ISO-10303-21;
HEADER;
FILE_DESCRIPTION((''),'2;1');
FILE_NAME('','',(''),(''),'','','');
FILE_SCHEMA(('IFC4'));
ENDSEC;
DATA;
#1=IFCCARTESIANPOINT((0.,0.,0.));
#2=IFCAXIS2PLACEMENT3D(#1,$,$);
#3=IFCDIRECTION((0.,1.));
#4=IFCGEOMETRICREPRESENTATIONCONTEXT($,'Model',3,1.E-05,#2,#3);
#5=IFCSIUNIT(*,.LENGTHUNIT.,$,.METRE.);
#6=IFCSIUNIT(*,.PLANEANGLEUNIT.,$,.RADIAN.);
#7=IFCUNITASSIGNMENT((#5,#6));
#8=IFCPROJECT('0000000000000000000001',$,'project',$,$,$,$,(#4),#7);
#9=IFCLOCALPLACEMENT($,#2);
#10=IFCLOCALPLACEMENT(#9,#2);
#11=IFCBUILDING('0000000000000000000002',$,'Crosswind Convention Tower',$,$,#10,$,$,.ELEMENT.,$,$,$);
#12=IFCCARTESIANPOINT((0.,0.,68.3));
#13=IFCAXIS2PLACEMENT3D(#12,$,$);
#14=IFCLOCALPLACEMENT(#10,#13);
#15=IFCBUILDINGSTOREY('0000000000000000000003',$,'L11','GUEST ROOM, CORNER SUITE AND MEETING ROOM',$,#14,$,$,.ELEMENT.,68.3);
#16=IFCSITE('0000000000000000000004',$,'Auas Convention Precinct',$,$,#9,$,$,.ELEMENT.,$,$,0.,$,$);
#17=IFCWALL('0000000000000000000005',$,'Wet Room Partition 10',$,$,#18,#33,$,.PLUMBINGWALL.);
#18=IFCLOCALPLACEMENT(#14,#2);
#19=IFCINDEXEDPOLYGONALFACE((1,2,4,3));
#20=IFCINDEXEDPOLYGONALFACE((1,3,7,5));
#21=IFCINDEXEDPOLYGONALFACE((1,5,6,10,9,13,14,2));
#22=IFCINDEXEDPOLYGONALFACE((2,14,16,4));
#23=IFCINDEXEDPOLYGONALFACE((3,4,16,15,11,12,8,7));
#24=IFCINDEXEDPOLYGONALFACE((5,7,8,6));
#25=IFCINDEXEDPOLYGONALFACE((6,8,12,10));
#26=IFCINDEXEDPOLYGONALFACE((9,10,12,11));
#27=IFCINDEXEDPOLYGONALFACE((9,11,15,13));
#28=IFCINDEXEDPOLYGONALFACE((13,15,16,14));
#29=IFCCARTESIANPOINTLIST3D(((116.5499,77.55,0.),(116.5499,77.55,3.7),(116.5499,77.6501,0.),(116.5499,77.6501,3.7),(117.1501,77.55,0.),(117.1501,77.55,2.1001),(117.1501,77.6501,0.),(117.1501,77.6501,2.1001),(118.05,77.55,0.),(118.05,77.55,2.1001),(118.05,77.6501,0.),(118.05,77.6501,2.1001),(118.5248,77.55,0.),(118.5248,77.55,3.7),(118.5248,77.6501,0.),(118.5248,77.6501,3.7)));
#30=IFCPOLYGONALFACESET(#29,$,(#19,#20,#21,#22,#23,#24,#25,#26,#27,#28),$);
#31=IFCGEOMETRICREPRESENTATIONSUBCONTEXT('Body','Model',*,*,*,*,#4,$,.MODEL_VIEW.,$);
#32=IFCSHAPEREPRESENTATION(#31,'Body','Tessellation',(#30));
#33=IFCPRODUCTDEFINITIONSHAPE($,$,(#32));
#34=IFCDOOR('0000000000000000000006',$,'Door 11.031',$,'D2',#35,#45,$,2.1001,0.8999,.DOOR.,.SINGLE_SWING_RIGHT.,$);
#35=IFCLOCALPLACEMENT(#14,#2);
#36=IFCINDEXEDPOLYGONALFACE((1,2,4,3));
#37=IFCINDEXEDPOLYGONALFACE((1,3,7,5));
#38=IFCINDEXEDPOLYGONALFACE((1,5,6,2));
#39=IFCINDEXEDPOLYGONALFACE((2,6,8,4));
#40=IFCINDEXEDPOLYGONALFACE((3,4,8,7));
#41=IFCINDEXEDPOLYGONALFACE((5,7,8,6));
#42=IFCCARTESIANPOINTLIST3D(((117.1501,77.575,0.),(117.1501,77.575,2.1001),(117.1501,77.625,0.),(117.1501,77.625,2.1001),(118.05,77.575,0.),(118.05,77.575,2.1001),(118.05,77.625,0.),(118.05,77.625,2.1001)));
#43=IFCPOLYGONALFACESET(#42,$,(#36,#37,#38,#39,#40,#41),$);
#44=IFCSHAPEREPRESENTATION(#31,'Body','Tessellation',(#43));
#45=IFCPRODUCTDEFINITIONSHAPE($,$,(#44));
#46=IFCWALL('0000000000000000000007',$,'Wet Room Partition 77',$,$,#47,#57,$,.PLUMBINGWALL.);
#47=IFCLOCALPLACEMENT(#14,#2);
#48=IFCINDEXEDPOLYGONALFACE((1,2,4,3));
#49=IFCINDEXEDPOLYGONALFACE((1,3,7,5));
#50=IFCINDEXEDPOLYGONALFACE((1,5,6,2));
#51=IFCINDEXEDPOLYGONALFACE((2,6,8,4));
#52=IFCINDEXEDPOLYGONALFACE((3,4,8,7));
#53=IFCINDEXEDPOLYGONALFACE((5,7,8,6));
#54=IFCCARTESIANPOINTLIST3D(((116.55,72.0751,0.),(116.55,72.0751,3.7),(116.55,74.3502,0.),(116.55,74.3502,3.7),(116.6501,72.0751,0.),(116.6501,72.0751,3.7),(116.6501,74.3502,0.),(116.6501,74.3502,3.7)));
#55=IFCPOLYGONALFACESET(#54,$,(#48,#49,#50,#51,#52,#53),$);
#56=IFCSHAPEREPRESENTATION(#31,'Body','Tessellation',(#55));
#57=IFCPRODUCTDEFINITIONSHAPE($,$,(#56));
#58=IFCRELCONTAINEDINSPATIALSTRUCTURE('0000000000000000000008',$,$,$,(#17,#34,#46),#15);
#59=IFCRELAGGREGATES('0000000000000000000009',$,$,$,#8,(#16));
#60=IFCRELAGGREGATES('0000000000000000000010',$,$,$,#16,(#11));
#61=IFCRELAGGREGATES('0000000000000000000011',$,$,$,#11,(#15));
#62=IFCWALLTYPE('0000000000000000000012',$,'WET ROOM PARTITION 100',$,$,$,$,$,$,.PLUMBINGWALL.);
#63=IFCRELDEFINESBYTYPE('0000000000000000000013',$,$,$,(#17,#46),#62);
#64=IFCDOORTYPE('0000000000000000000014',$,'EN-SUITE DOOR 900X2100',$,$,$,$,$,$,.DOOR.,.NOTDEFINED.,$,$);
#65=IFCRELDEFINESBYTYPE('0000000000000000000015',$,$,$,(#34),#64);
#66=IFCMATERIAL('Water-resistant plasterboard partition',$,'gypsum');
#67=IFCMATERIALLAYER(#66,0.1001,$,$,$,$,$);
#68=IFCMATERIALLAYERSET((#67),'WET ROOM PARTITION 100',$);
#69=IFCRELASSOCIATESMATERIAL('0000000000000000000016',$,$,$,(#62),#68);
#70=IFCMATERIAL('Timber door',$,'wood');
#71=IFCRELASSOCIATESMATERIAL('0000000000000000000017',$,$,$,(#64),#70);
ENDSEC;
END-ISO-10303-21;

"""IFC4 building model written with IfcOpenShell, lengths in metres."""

from ifc_helpers import new_model, si_unit, direction, frame, frame_2d, origin, place, context, subcontext, project, spatial, rectangle, extrude, material, layer, layer_set, type_object, element, fill, save


model = new_model("IFC4")

# Units and contexts
model_context = context("Model", 3, precision=1e-05, world=origin(), true_north=direction((0.0, 1.0)))
body_context = subcontext(model_context, "Body", "Model", "MODEL_VIEW")
ifc_project = project(units=[si_unit("LENGTHUNIT", "METRE"), si_unit("PLANEANGLEUNIT", "RADIAN")], contexts=[model_context])

# Site, building, storey
site_placement = place(None, origin())
site = spatial("IfcSite", under=ifc_project, at=site_placement, Name="Auas Convention Precinct", CompositionType="ELEMENT", RefElevation=0.0)
building_placement = place(site_placement, origin())
building = spatial("IfcBuilding", under=site, at=building_placement, Name="Crosswind Convention Tower", CompositionType="ELEMENT")
storey_placement = place(building_placement, frame((0.0, 0.0, 68.3)))
storey = spatial("IfcBuildingStorey", under=building, at=storey_placement, Name="L11", Description="GUEST ROOM, CORNER SUITE AND MEETING ROOM", CompositionType="ELEMENT", Elevation=68.3)

# Wall, opening, door
ifc_material_1 = material(Name="Water-resistant plasterboard partition", Category="gypsum")
ifc_layer_1 = layer(ifc_material_1, 0.1001)
ifc_layer_set_1 = layer_set([ifc_layer_1], Name="WET ROOM PARTITION 100")
wall_type_1 = type_object("IfcWallType", Name="WET ROOM PARTITION 100", PredefinedType="PLUMBINGWALL", material=ifc_layer_set_1)
ifc_material_2 = material(Name="Timber door", Category="wood")
door_type_1 = type_object("IfcDoorType", Name="EN-SUITE DOOR 900X2100", OperationType="NOTDEFINED", PredefinedType="DOOR", material=ifc_material_2)
wall_1_placement = place(storey_placement, frame((116.55, 77.6001, 0.0), z_axis=(0.0, 0.0, 1.0), x_axis=(1.0, 0.0, 0.0)))
wall_1 = element("IfcWall", 1, at=wall_1_placement, inside=storey, type_object=wall_type_1, Name="Wet Room Partition 10", PredefinedType="PLUMBINGWALL", context=body_context, shape_type="SweptSolid", body=[
    extrude(rectangle(XDim=1.9749, YDim=0.1001, at=frame_2d((0.9873, 0.0))), origin(), (0.0, 0.0, 1.0), 3.7),
])
opening_1_placement = place(wall_1_placement, frame((0.6001, 0.0, 0.0)))
opening_1 = element("IfcOpeningElement", 2, at=opening_1_placement, cuts=wall_1, PredefinedType="OPENING", context=body_context, shape_type="SweptSolid", body=[
    extrude(rectangle(XDim=0.8999, YDim=2.1001, at=frame_2d((0.45, 1.05))), frame((0.0, 0.0601, 0.0), z_axis=(0.0, -1.0, 0.0), x_axis=(1.0, 0.0, 0.0)), (0.0, 0.0, 1.0), 0.1201),
])
door_1_placement = place(opening_1_placement, origin())
door_1 = element("IfcDoor", 3, at=door_1_placement, inside=storey, type_object=door_type_1, Name="Door 11.031", ObjectType="D2", OperationType="SINGLE_SWING_RIGHT", OverallHeight=2.1001, OverallWidth=0.8999, PredefinedType="DOOR", context=body_context, shape_type="SweptSolid", body=[
    extrude(rectangle(XDim=0.8999, YDim=2.1001, at=frame_2d((0.45, 1.05))), frame((0.0, 0.0249, 0.0), z_axis=(0.0, -1.0, 0.0), x_axis=(1.0, 0.0, 0.0)), (0.0, 0.0, 1.0), 0.05),
])
fill(opening_1, door_1)

# Wall
wall_2_placement = place(storey_placement, frame((116.6001, 72.075, 0.0), z_axis=(0.0, 0.0, 1.0), x_axis=(0.0, 1.0, 0.0)))
element("IfcWall", 4, at=wall_2_placement, inside=storey, type_object=wall_type_1, Name="Wet Room Partition 77", PredefinedType="PLUMBINGWALL", context=body_context, shape_type="SweptSolid", body=[
    extrude(rectangle(XDim=2.2751, YDim=0.1001, at=frame_2d((1.1377, 0.0))), origin(), (0.0, 0.0, 1.0), 3.7),
])

save(model, "model.ifc")
